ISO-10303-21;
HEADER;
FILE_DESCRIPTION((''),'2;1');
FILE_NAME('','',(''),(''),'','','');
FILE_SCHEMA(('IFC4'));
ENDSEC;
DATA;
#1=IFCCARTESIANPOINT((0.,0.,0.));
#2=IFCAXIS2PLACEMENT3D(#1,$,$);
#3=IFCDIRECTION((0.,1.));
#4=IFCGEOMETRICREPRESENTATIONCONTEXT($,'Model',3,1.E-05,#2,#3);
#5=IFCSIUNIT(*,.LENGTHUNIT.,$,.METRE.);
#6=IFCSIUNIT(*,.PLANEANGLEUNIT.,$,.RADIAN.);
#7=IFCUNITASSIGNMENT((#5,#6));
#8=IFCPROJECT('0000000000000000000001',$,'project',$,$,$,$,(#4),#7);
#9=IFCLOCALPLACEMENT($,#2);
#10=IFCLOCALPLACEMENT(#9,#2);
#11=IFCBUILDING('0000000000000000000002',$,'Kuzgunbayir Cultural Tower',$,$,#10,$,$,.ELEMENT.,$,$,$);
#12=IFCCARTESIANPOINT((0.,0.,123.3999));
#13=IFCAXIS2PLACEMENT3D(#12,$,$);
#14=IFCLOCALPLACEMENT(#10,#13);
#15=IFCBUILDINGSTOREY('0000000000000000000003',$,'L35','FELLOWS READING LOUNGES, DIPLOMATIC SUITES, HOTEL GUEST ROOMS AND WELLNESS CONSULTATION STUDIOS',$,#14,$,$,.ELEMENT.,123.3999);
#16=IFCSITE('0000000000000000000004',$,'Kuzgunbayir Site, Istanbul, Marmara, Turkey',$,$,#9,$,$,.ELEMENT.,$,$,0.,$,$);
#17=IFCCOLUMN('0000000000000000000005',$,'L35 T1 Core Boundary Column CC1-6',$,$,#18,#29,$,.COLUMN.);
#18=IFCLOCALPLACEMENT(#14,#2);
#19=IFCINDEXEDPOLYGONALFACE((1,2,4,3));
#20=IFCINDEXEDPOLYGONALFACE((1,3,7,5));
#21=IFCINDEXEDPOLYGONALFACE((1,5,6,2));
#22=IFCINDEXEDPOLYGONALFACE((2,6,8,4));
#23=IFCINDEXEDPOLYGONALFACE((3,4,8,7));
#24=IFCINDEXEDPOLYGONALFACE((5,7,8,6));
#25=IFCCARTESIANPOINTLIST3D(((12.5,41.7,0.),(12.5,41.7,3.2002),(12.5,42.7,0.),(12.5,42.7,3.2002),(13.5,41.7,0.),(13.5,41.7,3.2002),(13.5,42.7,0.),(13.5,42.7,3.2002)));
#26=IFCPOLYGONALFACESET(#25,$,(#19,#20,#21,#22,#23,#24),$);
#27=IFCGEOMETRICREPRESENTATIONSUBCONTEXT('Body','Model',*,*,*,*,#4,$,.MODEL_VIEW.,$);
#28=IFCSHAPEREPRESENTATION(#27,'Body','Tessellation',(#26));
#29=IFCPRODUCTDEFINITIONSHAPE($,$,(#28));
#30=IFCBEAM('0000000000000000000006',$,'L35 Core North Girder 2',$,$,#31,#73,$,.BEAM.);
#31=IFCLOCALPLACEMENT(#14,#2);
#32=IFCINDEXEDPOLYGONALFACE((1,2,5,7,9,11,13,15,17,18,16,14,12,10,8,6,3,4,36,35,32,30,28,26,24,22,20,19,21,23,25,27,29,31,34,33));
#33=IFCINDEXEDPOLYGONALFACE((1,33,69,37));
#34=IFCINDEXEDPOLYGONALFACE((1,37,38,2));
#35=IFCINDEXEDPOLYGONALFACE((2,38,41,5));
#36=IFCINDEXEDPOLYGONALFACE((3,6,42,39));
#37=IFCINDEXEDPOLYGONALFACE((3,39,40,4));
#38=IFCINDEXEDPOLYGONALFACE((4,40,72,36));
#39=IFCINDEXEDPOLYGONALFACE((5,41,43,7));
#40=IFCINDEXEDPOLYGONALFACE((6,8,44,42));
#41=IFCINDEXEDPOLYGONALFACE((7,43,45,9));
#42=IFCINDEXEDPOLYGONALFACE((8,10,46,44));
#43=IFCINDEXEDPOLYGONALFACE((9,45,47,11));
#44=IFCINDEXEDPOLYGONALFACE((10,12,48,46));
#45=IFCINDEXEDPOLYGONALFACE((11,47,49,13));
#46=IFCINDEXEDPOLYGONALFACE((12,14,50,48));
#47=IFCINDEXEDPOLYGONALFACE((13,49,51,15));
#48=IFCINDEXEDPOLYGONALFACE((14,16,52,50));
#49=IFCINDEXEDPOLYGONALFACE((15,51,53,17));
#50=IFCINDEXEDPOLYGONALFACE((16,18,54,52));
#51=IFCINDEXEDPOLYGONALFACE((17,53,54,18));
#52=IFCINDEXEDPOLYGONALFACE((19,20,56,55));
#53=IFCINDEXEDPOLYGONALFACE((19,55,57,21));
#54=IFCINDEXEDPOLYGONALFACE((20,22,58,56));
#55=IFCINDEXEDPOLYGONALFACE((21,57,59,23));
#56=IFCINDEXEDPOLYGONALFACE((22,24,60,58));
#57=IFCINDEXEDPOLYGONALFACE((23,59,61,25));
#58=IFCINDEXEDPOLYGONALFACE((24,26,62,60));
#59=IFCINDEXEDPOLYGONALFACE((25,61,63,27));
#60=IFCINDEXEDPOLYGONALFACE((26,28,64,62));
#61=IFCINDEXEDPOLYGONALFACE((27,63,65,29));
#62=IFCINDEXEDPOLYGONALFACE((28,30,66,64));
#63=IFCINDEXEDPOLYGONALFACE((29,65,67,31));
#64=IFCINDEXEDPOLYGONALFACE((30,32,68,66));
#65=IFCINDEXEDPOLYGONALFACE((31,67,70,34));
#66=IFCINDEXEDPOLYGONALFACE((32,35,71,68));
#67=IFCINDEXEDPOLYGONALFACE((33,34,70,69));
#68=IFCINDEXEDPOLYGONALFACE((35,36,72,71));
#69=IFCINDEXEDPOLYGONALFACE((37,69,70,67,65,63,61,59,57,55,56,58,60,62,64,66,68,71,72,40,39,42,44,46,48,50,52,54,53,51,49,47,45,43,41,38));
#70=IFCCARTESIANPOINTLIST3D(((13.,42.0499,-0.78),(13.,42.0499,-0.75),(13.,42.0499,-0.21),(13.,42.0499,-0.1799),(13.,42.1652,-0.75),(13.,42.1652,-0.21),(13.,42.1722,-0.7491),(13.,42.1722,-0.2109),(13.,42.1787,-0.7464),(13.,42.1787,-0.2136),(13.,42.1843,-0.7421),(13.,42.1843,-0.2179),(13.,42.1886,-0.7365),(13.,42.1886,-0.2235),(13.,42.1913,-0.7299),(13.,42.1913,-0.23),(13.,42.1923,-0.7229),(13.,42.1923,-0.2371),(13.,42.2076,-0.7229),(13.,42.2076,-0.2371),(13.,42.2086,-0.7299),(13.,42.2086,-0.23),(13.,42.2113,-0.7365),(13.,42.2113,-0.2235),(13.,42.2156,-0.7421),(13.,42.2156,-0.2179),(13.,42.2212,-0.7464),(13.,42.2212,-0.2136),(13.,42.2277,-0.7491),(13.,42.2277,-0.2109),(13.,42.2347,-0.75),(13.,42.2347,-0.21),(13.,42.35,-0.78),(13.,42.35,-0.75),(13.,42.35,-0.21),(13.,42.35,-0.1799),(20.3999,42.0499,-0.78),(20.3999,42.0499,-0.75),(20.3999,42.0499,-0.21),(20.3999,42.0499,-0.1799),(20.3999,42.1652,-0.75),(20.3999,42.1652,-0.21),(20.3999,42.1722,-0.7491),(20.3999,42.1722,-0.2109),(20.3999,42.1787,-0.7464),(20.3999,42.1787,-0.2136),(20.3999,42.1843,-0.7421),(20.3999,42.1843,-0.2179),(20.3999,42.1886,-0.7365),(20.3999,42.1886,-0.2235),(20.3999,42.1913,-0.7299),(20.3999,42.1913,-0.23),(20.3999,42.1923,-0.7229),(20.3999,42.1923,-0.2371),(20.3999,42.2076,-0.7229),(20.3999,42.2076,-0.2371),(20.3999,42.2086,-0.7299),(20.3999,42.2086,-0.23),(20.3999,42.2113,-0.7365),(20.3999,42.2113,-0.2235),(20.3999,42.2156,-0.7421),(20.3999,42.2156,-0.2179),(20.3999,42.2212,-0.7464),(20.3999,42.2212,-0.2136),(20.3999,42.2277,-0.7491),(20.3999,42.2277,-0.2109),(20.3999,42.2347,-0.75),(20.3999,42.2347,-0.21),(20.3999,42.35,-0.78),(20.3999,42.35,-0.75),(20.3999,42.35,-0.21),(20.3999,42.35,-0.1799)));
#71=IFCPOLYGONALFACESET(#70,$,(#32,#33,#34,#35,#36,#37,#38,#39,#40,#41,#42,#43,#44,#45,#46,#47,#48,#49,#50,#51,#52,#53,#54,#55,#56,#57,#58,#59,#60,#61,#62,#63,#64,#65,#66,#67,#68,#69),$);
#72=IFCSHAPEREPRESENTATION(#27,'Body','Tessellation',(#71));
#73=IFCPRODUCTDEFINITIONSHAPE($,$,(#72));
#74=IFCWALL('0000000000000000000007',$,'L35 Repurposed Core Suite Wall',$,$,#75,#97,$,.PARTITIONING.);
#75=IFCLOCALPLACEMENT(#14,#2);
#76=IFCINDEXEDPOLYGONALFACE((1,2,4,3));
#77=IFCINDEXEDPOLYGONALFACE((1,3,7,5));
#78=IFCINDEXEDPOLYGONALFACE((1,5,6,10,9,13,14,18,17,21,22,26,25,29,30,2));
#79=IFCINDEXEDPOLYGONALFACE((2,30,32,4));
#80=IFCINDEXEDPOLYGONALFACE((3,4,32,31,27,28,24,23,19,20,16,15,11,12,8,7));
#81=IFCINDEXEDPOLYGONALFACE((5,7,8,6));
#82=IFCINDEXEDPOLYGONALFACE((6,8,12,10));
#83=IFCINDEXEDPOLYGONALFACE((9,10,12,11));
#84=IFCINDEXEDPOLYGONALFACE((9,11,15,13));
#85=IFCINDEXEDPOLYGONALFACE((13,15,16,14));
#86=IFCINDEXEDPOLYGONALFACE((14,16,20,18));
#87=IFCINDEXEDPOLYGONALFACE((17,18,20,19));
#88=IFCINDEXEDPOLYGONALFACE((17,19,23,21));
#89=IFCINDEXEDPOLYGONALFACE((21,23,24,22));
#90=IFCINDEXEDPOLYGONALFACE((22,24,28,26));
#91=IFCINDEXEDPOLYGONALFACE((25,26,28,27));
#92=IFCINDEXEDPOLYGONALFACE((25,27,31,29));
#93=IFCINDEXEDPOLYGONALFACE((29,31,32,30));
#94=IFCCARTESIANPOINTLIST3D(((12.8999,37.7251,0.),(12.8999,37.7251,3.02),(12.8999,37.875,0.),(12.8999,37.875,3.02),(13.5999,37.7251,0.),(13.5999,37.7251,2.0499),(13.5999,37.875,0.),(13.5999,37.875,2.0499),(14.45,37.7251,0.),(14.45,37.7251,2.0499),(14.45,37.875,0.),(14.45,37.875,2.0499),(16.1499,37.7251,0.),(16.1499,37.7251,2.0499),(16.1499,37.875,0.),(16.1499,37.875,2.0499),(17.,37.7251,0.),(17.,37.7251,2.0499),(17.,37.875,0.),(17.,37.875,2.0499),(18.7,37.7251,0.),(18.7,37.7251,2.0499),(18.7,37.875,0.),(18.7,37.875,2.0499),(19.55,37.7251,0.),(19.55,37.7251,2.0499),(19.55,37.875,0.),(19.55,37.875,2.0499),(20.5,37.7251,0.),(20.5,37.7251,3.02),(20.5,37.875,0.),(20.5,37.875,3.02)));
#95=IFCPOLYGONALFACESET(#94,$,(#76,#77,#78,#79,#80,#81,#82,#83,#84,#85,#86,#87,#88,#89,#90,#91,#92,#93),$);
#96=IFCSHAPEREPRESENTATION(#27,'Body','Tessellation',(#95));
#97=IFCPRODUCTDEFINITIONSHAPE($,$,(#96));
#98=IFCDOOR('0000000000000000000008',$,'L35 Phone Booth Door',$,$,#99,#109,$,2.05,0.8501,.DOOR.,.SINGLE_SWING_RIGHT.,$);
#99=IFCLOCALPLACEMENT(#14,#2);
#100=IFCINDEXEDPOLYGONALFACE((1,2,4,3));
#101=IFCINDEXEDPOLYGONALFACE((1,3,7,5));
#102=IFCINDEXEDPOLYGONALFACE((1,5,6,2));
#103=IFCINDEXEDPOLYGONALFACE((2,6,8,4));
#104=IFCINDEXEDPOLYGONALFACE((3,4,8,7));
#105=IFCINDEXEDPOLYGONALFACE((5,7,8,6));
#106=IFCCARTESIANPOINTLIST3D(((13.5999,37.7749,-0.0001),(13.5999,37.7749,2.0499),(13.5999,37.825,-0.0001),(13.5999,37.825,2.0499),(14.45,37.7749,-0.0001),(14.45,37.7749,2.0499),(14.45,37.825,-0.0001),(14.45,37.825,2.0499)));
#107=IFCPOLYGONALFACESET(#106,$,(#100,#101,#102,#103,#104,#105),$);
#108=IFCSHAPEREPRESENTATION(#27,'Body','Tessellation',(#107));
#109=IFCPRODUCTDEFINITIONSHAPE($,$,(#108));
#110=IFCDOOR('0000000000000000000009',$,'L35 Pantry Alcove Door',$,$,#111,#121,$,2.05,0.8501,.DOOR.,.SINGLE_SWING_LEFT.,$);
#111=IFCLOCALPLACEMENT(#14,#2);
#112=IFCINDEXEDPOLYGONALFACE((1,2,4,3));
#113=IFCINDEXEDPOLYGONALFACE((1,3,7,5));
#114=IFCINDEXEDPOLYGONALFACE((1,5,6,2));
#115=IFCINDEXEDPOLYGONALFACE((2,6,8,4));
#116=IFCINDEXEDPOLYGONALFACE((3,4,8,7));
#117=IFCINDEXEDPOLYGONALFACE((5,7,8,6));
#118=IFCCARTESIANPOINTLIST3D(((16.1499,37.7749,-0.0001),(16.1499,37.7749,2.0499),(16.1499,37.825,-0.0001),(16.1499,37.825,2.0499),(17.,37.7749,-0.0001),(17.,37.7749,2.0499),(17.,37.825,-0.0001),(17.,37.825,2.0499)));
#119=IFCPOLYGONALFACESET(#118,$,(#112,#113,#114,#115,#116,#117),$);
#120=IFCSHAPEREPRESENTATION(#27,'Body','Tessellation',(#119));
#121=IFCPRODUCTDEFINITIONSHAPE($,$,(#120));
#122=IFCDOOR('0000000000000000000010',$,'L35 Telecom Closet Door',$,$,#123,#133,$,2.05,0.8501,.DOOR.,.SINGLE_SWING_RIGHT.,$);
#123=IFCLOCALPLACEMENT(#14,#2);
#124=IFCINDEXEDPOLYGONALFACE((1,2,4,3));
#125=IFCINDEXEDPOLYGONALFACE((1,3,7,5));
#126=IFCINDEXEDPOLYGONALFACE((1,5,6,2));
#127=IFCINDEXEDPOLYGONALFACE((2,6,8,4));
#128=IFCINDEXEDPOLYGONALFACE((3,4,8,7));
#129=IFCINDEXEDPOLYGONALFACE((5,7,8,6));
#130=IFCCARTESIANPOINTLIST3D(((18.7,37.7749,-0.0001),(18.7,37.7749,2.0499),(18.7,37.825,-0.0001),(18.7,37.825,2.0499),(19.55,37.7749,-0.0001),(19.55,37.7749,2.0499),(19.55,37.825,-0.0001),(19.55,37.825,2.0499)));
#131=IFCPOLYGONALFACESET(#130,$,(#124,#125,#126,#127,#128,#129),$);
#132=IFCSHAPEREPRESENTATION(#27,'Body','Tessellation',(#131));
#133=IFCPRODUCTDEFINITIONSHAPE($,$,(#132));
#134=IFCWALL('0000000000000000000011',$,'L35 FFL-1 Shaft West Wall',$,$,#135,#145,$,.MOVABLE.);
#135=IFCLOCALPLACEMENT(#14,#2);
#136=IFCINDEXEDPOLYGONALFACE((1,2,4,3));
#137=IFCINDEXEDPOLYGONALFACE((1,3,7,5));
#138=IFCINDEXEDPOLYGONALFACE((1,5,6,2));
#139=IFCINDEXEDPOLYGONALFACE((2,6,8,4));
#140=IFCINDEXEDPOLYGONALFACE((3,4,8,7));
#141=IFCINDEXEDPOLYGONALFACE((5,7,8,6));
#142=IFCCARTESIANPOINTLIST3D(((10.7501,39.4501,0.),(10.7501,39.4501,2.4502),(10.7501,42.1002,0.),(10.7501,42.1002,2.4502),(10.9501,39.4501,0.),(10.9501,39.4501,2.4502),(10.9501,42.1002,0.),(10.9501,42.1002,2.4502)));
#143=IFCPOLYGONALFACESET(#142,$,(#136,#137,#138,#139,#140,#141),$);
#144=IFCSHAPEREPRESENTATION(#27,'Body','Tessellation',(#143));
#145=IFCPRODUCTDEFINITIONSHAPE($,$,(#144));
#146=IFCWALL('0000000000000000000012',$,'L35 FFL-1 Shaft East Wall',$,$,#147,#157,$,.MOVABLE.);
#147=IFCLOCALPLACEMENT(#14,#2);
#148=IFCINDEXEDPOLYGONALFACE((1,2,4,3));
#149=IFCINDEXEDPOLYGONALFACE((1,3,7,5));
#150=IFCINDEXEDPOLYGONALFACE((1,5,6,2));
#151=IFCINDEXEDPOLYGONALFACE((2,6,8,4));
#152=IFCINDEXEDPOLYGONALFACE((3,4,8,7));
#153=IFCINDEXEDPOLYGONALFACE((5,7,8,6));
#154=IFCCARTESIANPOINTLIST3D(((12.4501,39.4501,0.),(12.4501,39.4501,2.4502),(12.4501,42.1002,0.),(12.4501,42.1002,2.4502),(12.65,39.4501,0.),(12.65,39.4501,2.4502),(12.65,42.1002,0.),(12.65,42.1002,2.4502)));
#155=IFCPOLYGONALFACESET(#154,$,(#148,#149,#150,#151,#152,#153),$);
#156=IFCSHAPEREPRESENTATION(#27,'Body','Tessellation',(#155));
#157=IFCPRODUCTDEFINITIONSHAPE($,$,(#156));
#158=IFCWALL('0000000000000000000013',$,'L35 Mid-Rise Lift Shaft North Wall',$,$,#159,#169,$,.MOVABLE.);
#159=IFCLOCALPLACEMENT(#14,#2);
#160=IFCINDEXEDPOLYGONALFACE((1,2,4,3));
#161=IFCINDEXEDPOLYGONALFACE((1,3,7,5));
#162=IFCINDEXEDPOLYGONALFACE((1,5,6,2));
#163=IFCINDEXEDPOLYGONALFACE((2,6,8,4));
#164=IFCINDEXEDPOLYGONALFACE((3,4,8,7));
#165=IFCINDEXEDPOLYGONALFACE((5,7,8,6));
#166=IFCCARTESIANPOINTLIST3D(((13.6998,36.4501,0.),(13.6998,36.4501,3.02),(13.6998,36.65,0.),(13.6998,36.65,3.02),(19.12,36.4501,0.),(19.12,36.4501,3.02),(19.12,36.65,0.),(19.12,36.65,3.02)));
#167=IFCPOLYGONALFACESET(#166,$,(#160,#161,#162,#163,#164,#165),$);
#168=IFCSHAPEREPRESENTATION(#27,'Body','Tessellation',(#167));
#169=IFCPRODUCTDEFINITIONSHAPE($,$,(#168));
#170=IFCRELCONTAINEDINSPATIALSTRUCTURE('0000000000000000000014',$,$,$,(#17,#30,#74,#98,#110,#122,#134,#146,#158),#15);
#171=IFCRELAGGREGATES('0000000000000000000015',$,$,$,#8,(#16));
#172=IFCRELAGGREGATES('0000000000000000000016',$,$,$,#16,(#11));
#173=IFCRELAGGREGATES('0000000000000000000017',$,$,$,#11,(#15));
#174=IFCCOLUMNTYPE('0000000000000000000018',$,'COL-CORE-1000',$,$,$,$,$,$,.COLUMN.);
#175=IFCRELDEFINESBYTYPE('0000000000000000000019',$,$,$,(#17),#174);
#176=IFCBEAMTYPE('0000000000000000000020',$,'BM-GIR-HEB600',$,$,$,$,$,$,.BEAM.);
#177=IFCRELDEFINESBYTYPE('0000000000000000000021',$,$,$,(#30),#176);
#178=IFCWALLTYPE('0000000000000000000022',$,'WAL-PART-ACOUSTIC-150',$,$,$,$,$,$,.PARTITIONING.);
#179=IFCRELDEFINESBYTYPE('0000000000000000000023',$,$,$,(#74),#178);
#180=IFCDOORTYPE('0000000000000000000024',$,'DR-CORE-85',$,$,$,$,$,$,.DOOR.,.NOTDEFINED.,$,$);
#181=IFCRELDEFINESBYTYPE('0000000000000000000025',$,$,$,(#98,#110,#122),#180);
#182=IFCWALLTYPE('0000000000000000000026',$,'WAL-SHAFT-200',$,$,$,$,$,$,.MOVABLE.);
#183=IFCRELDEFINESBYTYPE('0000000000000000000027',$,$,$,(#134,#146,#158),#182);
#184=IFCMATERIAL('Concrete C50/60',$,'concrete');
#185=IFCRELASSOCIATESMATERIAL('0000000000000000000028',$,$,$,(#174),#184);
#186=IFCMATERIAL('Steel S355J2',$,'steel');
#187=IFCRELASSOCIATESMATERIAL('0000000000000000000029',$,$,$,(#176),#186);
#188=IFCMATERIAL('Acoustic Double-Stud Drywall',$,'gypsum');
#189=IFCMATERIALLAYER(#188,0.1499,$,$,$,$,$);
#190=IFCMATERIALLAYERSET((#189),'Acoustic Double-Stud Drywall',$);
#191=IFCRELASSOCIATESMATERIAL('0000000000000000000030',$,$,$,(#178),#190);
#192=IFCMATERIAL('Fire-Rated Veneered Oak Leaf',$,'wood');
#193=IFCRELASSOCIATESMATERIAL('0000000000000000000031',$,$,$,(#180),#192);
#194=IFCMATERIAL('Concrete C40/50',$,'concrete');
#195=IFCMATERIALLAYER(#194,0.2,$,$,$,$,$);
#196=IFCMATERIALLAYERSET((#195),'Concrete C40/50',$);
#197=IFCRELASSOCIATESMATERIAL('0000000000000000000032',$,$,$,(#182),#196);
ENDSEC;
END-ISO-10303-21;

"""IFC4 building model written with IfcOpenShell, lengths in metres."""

from ifc_helpers import new_model, si_unit, direction, frame, frame_2d, origin, origin_2d, place, context, subcontext, project, spatial, rectangle, i_section, extrude, material, layer, layer_set, material_profile, profile_set, type_object, element, fill, save


model = new_model("IFC4")

# Units and contexts
model_context = context("Model", 3, precision=1e-05, world=origin(), true_north=direction((0.0, 1.0)))
body_context = subcontext(model_context, "Body", "Model", "MODEL_VIEW")
ifc_project = project(units=[si_unit("LENGTHUNIT", "METRE"), si_unit("PLANEANGLEUNIT", "RADIAN")], contexts=[model_context])

# Site, building, storey
site_placement = place(None, origin())
site = spatial("IfcSite", under=ifc_project, at=site_placement, Name="Kuzgunbayir Site, Istanbul, Marmara, Turkey", CompositionType="ELEMENT", RefElevation=0.0)
building_placement = place(site_placement, origin())
building = spatial("IfcBuilding", under=site, at=building_placement, Name="Kuzgunbayir Cultural Tower", CompositionType="ELEMENT")
storey_placement = place(building_placement, frame((0.0, 0.0, 123.3999)))
storey = spatial("IfcBuildingStorey", under=building, at=storey_placement, Name="L35", Description="FELLOWS READING LOUNGES, DIPLOMATIC SUITES, HOTEL GUEST ROOMS AND WELLNESS CONSULTATION STUDIOS", CompositionType="ELEMENT", Elevation=123.3999)

# Column
ifc_material_1 = material(Name="Concrete C50/60", Category="concrete")
ifc_material_profile_1 = material_profile(ifc_material_1, rectangle(XDim=1.0, YDim=1.0, at=origin_2d()), Name="RC 1000x1000")
ifc_profile_set_1 = profile_set([ifc_material_profile_1], Name="Concrete C50/60")
column_type = type_object("IfcColumnType", Name="COL-CORE-1000", PredefinedType="COLUMN", material=ifc_profile_set_1)
column_placement = place(storey_placement, frame((13.0, 42.2, 0.0), z_axis=(0.0, 0.0, 1.0), x_axis=(1.0, 0.0, 0.0)))
element("IfcColumn", 1, at=column_placement, inside=storey, type_object=column_type, Name="L35 T1 Core Boundary Column CC1-6", PredefinedType="COLUMN", context=body_context, shape_type="SweptSolid", body=[
    extrude(rectangle(XDim=1.0, YDim=1.0, at=origin_2d()), origin(), (0.0, 0.0, 1.0), 3.2002),
])

# Beam
ifc_material_2 = material(Name="Steel S355J2", Category="steel")
ifc_material_profile_2 = material_profile(ifc_material_2, i_section(OverallWidth=0.3, OverallDepth=0.6001, WebThickness=0.0154, FlangeThickness=0.03, FilletRadius=0.0271, at=origin_2d()), Name="HEB 600")
ifc_profile_set_2 = profile_set([ifc_material_profile_2], Name="Steel S355J2")
beam_type = type_object("IfcBeamType", Name="BM-GIR-HEB600", PredefinedType="BEAM", material=ifc_profile_set_2)
beam_placement = place(storey_placement, frame((13.0, 42.2, -0.48), z_axis=(1.0, 0.0, 0.0), x_axis=(0.0, 1.0, 0.0)))
element("IfcBeam", 2, at=beam_placement, inside=storey, type_object=beam_type, Name="L35 Core North Girder 2", PredefinedType="BEAM", context=body_context, shape_type="SweptSolid", body=[
    extrude(i_section(OverallWidth=0.3, OverallDepth=0.6001, WebThickness=0.0154, FlangeThickness=0.03, FilletRadius=0.0271, at=origin_2d()), origin(), (0.0, 0.0, 1.0), 7.3999),
])

# Wall, openings, doors
ifc_material_3 = material(Name="Acoustic Double-Stud Drywall", Category="gypsum")
ifc_layer_1 = layer(ifc_material_3, 0.1499)
ifc_layer_set_1 = layer_set([ifc_layer_1], Name="Acoustic Double-Stud Drywall")
wall_type_1 = type_object("IfcWallType", Name="WAL-PART-ACOUSTIC-150", PredefinedType="PARTITIONING", material=ifc_layer_set_1)
wall_1_placement = place(storey_placement, frame((12.8999, 37.8, 0.0), z_axis=(0.0, 0.0, 1.0), x_axis=(1.0, 0.0, 0.0)))
wall_1 = element("IfcWall", 3, at=wall_1_placement, inside=storey, type_object=wall_type_1, Name="L35 Repurposed Core Suite Wall", PredefinedType="PARTITIONING", context=body_context, shape_type="SweptSolid", body=[
    extrude(rectangle(XDim=7.6001, YDim=0.1499, at=frame_2d((3.8, 0.0))), origin(), (0.0, 0.0, 1.0), 3.02),
])
opening_1_placement = place(wall_1_placement, frame((0.7, 0.0, 0.0)))
opening_1 = element("IfcOpeningElement", 4, at=opening_1_placement, cuts=wall_1, PredefinedType="OPENING", context=body_context, shape_type="SweptSolid", body=[
    extrude(rectangle(XDim=0.8501, YDim=2.05, at=frame_2d((0.425, 1.0249))), frame((0.0, 0.085, 0.0), z_axis=(0.0, -1.0, 0.0), x_axis=(1.0, 0.0, 0.0)), (0.0, 0.0, 1.0), 0.1699),
])
opening_2_placement = place(wall_1_placement, frame((3.25, 0.0, 0.0)))
opening_2 = element("IfcOpeningElement", 5, at=opening_2_placement, cuts=wall_1, PredefinedType="OPENING", context=body_context, shape_type="SweptSolid", body=[
    extrude(rectangle(XDim=0.8501, YDim=2.05, at=frame_2d((0.425, 1.0249))), frame((0.0, 0.085, 0.0), z_axis=(0.0, -1.0, 0.0), x_axis=(1.0, 0.0, 0.0)), (0.0, 0.0, 1.0), 0.1699),
])
opening_3_placement = place(wall_1_placement, frame((5.8, 0.0, 0.0)))
opening_3 = element("IfcOpeningElement", 6, at=opening_3_placement, cuts=wall_1, PredefinedType="OPENING", context=body_context, shape_type="SweptSolid", body=[
    extrude(rectangle(XDim=0.8501, YDim=2.05, at=frame_2d((0.425, 1.0249))), frame((0.0, 0.085, 0.0), z_axis=(0.0, -1.0, 0.0), x_axis=(1.0, 0.0, 0.0)), (0.0, 0.0, 1.0), 0.1699),
])
ifc_material_4 = material(Name="Fire-Rated Veneered Oak Leaf", Category="wood")
door_type_1 = type_object("IfcDoorType", Name="DR-CORE-85", OperationType="NOTDEFINED", PredefinedType="DOOR", material=ifc_material_4)
door_1_placement = place(opening_1_placement, origin())
door_1 = element("IfcDoor", 7, at=door_1_placement, inside=storey, type_object=door_type_1, Name="L35 Phone Booth Door", OperationType="SINGLE_SWING_RIGHT", OverallHeight=2.05, OverallWidth=0.8501, PredefinedType="DOOR", context=body_context, shape_type="SweptSolid", body=[
    extrude(rectangle(XDim=0.8501, YDim=2.05, at=frame_2d((0.425, 1.0249))), frame((0.0, 0.0249, 0.0), z_axis=(0.0, -1.0, 0.0), x_axis=(1.0, 0.0, 0.0)), (0.0, 0.0, 1.0), 0.05),
])
fill(opening_1, door_1)
door_2_placement = place(opening_2_placement, origin())
door_2 = element("IfcDoor", 8, at=door_2_placement, inside=storey, type_object=door_type_1, Name="L35 Pantry Alcove Door", OperationType="SINGLE_SWING_LEFT", OverallHeight=2.05, OverallWidth=0.8501, PredefinedType="DOOR", context=body_context, shape_type="SweptSolid", body=[
    extrude(rectangle(XDim=0.8501, YDim=2.05, at=frame_2d((0.425, 1.0249))), frame((0.0, 0.0249, 0.0), z_axis=(0.0, -1.0, 0.0), x_axis=(1.0, 0.0, 0.0)), (0.0, 0.0, 1.0), 0.05),
])
fill(opening_2, door_2)
door_3_placement = place(opening_3_placement, origin())
door_3 = element("IfcDoor", 9, at=door_3_placement, inside=storey, type_object=door_type_1, Name="L35 Telecom Closet Door", OperationType="SINGLE_SWING_RIGHT", OverallHeight=2.05, OverallWidth=0.8501, PredefinedType="DOOR", context=body_context, shape_type="SweptSolid", body=[
    extrude(rectangle(XDim=0.8501, YDim=2.05, at=frame_2d((0.425, 1.0249))), frame((0.0, 0.0249, 0.0), z_axis=(0.0, -1.0, 0.0), x_axis=(1.0, 0.0, 0.0)), (0.0, 0.0, 1.0), 0.05),
])
fill(opening_3, door_3)

# Shared definitions
ifc_material_5 = material(Name="Concrete C40/50", Category="concrete")
ifc_layer_2 = layer(ifc_material_5, 0.2)
ifc_layer_set_2 = layer_set([ifc_layer_2], Name="Concrete C40/50")
wall_type_2 = type_object("IfcWallType", Name="WAL-SHAFT-200", PredefinedType="MOVABLE", material=ifc_layer_set_2)

# Walls
for number, where, z_axis, x_axis, name in (
    (10, (10.8501, 39.45, 0.0), (0.0, 0.0, 1.0), (0.0, 1.0, 0.0), "L35 FFL-1 Shaft West Wall"),
    (11, (12.55, 39.45, 0.0), (0.0, 0.0, 1.0), (0.0, 1.0, 0.0), "L35 FFL-1 Shaft East Wall"),
):
    element("IfcWall", number, at=place(storey_placement, frame(where, z_axis=z_axis, x_axis=x_axis)), inside=storey, type_object=wall_type_2, Name=name, PredefinedType="MOVABLE", context=body_context, shape_type="SweptSolid", body=[
        extrude(rectangle(XDim=2.6501, YDim=0.2, at=frame_2d((1.3252, 0.0))), origin(), (0.0, 0.0, 1.0), 2.4502),
    ])

# Wall
wall_2_placement = place(storey_placement, frame((13.7, 36.55, 0.0), z_axis=(0.0, 0.0, 1.0), x_axis=(1.0, 0.0, 0.0)))
element("IfcWall", 12, at=wall_2_placement, inside=storey, type_object=wall_type_2, Name="L35 Mid-Rise Lift Shaft North Wall", PredefinedType="MOVABLE", context=body_context, shape_type="SweptSolid", body=[
    extrude(rectangle(XDim=5.4202, YDim=0.2, at=frame_2d((2.71, 0.0))), origin(), (0.0, 0.0, 1.0), 3.02),
])

save(model, "model.ifc")
